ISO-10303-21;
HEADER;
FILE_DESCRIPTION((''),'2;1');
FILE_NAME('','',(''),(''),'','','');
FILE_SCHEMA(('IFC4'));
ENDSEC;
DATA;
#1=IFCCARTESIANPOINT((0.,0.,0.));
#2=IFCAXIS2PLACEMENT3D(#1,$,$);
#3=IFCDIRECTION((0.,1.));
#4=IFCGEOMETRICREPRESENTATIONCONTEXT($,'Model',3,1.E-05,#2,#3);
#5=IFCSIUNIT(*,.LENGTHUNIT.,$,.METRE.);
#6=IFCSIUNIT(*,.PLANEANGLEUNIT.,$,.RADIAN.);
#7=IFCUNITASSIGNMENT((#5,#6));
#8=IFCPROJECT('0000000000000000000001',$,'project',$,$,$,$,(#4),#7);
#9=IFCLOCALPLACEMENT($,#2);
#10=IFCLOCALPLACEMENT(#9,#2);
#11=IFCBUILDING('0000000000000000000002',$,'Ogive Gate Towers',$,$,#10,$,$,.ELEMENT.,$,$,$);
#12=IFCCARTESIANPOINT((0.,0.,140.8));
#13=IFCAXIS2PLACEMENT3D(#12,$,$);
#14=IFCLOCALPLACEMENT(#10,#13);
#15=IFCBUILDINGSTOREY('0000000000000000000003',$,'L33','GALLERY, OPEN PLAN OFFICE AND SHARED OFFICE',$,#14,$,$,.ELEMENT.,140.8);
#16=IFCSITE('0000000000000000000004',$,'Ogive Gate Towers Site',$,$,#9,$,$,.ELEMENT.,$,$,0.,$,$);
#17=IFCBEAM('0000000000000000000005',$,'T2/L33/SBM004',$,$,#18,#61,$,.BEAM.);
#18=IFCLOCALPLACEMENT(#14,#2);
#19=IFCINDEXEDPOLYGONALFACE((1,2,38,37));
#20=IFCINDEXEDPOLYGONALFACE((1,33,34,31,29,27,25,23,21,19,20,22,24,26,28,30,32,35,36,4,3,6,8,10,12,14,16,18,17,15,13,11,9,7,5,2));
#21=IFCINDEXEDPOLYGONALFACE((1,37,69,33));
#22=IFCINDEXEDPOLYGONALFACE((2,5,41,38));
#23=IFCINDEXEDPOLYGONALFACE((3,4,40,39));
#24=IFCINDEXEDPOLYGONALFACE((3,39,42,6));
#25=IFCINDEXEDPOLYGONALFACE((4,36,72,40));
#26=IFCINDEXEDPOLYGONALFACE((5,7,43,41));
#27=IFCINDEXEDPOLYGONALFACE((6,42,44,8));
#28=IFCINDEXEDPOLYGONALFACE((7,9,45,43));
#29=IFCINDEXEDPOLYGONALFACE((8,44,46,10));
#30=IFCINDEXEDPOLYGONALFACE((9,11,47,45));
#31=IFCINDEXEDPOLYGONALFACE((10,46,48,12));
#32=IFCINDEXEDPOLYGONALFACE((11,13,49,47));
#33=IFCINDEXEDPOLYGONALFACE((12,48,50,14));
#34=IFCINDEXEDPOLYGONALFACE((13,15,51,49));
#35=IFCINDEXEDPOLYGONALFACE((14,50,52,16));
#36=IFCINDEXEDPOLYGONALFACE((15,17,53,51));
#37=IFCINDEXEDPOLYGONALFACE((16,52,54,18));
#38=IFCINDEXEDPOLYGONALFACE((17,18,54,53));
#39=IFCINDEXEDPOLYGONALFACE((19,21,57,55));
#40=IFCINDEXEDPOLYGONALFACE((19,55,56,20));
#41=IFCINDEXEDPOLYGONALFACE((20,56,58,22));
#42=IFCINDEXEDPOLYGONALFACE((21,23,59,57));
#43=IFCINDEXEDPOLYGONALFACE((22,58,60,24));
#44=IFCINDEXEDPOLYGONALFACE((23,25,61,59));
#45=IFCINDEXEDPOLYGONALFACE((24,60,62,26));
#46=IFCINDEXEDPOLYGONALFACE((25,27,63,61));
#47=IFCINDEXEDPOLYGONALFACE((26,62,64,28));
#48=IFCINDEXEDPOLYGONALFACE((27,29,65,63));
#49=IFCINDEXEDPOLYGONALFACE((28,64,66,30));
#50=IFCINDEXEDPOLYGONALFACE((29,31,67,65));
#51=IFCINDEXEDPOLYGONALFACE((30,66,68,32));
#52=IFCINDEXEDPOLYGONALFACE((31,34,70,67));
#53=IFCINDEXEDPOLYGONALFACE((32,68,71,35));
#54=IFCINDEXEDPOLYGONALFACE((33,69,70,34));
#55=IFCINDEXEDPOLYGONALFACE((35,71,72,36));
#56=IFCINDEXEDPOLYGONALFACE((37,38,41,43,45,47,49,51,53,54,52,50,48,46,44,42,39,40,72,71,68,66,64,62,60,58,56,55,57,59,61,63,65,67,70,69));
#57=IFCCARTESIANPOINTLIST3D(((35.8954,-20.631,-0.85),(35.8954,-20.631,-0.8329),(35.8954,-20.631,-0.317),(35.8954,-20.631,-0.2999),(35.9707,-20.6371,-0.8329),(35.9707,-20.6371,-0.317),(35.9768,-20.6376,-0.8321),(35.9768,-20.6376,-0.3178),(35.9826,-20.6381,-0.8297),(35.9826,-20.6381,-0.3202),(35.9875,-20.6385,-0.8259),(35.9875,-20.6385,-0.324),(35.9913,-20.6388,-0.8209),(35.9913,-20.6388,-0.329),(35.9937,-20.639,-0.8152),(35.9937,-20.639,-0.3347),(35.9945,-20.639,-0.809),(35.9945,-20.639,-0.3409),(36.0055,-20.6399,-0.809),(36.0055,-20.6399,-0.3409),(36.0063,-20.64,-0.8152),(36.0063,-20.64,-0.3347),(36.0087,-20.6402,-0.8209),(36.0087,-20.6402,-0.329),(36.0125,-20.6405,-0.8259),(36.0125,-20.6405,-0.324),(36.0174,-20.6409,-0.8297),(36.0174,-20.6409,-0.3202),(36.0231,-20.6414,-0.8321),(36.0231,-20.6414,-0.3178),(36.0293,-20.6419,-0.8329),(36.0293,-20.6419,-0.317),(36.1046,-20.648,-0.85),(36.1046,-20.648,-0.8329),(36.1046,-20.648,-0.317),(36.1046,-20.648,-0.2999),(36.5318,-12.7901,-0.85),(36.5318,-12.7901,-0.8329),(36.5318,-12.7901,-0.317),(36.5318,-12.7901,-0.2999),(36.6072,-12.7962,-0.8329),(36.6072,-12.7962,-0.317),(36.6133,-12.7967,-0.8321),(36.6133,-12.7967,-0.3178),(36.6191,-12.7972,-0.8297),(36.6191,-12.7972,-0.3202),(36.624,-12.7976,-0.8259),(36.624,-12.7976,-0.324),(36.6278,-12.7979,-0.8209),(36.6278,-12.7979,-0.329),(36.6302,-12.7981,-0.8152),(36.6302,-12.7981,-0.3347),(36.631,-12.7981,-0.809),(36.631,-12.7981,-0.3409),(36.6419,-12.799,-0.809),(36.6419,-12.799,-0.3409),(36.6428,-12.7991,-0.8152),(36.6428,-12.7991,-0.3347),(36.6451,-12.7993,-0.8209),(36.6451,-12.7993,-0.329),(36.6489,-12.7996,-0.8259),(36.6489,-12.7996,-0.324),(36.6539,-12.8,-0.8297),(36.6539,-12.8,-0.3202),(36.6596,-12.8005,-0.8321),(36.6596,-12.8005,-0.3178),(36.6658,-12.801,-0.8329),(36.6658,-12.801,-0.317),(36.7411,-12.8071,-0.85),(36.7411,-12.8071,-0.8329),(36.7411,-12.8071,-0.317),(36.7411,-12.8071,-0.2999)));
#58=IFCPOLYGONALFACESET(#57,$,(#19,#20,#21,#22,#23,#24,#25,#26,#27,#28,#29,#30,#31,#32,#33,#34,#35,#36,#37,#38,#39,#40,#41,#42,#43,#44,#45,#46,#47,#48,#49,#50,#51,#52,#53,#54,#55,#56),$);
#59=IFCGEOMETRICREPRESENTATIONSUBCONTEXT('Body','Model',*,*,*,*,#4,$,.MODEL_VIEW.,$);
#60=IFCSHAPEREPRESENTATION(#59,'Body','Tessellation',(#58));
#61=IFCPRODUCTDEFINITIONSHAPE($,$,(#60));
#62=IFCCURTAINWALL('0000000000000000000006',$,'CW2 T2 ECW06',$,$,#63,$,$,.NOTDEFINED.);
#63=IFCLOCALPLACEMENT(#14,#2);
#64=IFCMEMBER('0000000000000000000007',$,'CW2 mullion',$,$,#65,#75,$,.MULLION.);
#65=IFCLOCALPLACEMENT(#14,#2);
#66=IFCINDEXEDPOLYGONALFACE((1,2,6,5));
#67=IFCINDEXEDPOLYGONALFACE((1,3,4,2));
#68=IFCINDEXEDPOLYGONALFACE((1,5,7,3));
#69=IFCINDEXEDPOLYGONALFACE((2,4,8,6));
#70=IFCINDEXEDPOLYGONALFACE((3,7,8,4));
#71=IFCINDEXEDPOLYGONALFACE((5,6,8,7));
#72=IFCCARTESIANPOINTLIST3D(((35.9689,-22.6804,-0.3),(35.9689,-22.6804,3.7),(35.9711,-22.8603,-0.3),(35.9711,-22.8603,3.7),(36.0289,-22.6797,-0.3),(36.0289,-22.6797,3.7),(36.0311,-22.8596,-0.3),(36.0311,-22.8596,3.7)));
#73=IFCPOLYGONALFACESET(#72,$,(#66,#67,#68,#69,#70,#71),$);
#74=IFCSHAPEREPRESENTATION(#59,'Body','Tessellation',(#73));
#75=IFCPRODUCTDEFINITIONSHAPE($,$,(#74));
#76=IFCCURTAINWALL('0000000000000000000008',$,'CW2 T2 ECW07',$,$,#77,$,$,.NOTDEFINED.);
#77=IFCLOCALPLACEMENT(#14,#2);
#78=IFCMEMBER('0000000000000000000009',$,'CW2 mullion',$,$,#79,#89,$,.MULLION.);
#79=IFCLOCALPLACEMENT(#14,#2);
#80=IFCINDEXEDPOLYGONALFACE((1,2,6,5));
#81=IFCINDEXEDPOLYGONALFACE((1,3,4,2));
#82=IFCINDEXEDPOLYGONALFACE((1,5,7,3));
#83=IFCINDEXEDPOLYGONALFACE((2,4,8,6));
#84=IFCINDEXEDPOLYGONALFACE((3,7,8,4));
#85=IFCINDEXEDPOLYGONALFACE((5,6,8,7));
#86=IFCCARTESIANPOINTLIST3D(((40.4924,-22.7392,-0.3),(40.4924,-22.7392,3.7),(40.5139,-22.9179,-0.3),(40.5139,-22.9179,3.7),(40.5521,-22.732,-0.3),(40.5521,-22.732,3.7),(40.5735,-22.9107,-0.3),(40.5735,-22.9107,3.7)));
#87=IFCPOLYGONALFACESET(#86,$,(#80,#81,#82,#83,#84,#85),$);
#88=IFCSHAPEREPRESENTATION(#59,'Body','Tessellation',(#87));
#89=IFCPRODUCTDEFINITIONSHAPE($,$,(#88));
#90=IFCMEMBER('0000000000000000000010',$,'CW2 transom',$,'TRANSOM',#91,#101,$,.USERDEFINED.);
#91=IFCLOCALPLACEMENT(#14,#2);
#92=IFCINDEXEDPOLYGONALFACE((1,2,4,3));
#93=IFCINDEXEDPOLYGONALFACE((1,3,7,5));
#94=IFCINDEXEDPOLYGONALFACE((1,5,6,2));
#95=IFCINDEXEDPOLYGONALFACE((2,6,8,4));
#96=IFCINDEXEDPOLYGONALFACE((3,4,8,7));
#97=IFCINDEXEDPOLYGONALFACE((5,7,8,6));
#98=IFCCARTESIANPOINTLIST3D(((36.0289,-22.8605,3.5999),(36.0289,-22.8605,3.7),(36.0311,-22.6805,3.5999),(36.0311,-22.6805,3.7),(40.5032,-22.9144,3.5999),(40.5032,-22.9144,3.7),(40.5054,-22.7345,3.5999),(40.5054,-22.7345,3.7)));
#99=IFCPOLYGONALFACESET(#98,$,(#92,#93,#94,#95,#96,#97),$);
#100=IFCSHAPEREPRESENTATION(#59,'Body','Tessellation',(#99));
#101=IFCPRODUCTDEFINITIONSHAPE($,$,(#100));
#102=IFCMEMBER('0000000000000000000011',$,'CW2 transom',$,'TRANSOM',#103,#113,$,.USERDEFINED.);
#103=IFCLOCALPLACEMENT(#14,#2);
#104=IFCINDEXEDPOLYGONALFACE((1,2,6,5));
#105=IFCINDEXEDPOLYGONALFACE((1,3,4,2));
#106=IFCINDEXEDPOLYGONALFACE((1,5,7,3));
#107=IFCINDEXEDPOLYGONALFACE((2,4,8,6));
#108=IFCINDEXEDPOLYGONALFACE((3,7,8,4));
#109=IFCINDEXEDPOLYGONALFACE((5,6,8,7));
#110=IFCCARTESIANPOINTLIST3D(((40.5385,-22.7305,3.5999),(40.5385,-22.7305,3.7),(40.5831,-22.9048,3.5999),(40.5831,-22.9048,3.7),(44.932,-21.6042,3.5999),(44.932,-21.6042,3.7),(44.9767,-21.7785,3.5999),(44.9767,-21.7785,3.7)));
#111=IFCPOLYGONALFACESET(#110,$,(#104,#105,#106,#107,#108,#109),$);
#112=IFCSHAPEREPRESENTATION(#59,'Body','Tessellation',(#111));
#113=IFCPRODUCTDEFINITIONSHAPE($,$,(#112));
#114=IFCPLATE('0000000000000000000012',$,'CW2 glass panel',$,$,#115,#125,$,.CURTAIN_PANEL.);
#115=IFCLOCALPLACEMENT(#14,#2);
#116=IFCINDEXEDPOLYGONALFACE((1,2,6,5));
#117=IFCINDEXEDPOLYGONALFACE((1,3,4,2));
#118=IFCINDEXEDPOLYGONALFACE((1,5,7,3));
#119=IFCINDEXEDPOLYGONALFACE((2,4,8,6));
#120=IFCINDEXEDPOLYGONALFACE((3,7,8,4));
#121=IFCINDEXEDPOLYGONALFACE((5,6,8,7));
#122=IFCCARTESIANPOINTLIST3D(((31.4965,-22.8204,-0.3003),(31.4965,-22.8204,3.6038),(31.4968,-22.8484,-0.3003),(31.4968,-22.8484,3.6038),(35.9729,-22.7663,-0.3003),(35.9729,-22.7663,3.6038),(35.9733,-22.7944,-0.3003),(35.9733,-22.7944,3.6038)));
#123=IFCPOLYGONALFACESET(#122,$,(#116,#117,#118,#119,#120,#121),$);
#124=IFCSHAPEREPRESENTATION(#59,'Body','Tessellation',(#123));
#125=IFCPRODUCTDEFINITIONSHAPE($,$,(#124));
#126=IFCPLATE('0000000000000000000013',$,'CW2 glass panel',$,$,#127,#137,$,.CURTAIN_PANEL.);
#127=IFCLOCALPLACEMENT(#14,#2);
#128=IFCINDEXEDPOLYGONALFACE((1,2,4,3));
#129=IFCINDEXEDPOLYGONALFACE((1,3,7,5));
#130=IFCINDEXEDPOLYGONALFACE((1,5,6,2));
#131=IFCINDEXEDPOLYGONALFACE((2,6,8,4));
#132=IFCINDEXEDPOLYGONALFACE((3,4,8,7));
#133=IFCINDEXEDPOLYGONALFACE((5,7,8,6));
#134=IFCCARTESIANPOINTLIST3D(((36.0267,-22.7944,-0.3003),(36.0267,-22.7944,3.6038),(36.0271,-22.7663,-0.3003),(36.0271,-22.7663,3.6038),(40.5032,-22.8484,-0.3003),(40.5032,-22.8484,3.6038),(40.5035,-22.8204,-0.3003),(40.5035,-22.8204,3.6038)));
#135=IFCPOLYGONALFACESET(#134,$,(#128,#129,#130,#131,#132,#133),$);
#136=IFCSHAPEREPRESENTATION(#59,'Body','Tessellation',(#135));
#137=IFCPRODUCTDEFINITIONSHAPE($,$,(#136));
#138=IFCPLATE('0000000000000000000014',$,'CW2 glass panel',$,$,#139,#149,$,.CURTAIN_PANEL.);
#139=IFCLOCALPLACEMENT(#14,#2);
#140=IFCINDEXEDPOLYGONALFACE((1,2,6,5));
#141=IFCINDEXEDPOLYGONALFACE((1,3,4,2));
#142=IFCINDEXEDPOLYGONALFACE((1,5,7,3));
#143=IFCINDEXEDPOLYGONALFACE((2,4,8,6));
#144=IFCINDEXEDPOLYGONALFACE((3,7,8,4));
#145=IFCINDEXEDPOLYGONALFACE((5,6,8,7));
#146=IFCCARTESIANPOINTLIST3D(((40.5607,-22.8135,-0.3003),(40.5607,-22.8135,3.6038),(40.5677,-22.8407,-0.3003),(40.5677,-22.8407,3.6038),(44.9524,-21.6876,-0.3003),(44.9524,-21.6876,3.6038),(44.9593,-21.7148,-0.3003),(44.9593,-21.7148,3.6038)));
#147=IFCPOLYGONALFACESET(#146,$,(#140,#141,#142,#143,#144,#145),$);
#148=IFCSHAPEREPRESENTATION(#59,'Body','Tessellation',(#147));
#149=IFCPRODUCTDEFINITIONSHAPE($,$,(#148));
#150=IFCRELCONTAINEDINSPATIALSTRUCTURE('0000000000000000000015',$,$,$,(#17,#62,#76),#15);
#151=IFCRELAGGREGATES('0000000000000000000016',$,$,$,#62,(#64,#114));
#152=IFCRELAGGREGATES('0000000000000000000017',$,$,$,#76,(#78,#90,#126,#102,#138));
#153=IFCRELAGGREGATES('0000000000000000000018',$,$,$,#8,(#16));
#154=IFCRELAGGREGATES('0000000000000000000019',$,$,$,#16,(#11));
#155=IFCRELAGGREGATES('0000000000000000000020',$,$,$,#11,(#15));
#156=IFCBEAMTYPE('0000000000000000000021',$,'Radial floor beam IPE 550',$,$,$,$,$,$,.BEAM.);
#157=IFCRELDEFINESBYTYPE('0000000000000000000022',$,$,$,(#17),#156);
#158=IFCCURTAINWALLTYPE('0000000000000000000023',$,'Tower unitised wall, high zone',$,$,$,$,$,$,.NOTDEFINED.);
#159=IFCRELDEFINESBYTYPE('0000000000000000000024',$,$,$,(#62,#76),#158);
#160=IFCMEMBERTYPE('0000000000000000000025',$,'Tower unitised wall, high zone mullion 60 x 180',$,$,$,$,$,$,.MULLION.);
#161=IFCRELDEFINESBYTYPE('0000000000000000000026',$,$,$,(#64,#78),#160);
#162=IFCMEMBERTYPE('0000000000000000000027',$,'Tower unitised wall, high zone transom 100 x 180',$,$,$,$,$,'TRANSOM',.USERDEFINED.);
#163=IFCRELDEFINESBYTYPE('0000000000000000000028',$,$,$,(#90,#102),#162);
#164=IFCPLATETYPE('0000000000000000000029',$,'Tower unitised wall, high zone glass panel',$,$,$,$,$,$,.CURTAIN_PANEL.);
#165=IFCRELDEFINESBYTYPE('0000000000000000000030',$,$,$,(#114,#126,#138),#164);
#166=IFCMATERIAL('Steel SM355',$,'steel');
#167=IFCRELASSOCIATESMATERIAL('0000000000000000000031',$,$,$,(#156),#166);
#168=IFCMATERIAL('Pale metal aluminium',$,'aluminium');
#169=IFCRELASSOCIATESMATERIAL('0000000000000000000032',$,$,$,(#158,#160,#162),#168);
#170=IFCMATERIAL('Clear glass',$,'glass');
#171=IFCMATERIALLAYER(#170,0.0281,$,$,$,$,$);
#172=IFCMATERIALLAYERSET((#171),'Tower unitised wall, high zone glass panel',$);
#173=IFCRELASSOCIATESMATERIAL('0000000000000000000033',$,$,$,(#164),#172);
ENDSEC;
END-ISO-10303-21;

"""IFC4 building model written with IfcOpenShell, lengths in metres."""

from ifc_helpers import new_model, si_unit, direction, frame, origin, origin_2d, place, context, subcontext, project, spatial, rectangle, i_section, extrude, material, layer, layer_set, material_profile, profile_set, type_object, element, aggregate, save


model = new_model("IFC4")

# Units and contexts
model_context = context("Model", 3, precision=1e-05, world=origin(), true_north=direction((0.0, 1.0)))
body_context = subcontext(model_context, "Body", "Model", "MODEL_VIEW")
ifc_project = project(units=[si_unit("LENGTHUNIT", "METRE"), si_unit("PLANEANGLEUNIT", "RADIAN")], contexts=[model_context])

# Site, building, storey
site_placement = place(None, origin())
site = spatial("IfcSite", under=ifc_project, at=site_placement, Name="Ogive Gate Towers Site", CompositionType="ELEMENT", RefElevation=0.0)
building_placement = place(site_placement, origin())
building = spatial("IfcBuilding", under=site, at=building_placement, Name="Ogive Gate Towers", CompositionType="ELEMENT")
storey_placement = place(building_placement, frame((0.0, 0.0, 140.8)))
storey = spatial("IfcBuildingStorey", under=building, at=storey_placement, Name="L33", Description="GALLERY, OPEN PLAN OFFICE AND SHARED OFFICE", CompositionType="ELEMENT", Elevation=140.8)

# Beam
ifc_material_1 = material(Name="Steel SM355", Category="steel")
ifc_material_profile_1 = material_profile(ifc_material_1, i_section(OverallWidth=0.21, OverallDepth=0.55, WebThickness=0.011, FlangeThickness=0.0171, FilletRadius=0.0239, at=origin_2d()), Name="IPE 550")
ifc_profile_set_1 = profile_set([ifc_material_profile_1], Name="Steel SM355")
beam_type = type_object("IfcBeamType", Name="Radial floor beam IPE 550", PredefinedType="BEAM", material=ifc_profile_set_1)
beam_placement = place(storey_placement, frame((36.6365, -12.7986, -0.575), z_axis=(-0.080908, -0.996722, 0.0), x_axis=(0.996722, -0.080908, 0.0)))
element("IfcBeam", 1, at=beam_placement, inside=storey, type_object=beam_type, Name="T2/L33/SBM004", PredefinedType="BEAM", context=body_context, shape_type="SweptSolid", body=[
    extrude(i_section(OverallWidth=0.21, OverallDepth=0.55, WebThickness=0.011, FlangeThickness=0.0171, FilletRadius=0.0239, at=origin_2d()), origin(), (0.0, 0.0, 1.0), 7.8667),
])

# Curtain wall, member
ifc_material_2 = material(Name="Pale metal aluminium", Category="aluminium")
curtain_wall_type = type_object("IfcCurtainWallType", Name="Tower unitised wall, high zone", PredefinedType="NOTDEFINED", material=ifc_material_2)
curtain_wall_1_placement = place(storey_placement, origin())
curtain_wall_1 = element("IfcCurtainWall", 2, at=curtain_wall_1_placement, inside=storey, type_object=curtain_wall_type, Name="CW2 T2 ECW06", PredefinedType="NOTDEFINED")
ifc_material_profile_2 = material_profile(ifc_material_2, rectangle(XDim=0.1799, YDim=0.0601, at=origin_2d()), Name="60 x 180 aluminium box")
ifc_profile_set_2 = profile_set([ifc_material_profile_2], Name="Pale metal aluminium")
member_type_1 = type_object("IfcMemberType", Name="Tower unitised wall, high zone mullion 60 x 180", PredefinedType="MULLION", material=ifc_profile_set_2)
member_1_placement = place(storey_placement, frame((36.0, -22.77, -0.3), z_axis=(0.0, 0.0, 1.0), x_axis=(0.012077, -0.999927, 0.0)))
member_1 = element("IfcMember", 3, at=member_1_placement, type_object=member_type_1, Name="CW2 mullion", PredefinedType="MULLION", context=body_context, shape_type="SweptSolid", body=[
    extrude(rectangle(XDim=0.1799, YDim=0.0601, at=origin_2d()), origin(), (0.0, 0.0, 1.0), 4.0),
])

# Curtain wall, members
curtain_wall_2_placement = place(storey_placement, origin())
curtain_wall_2 = element("IfcCurtainWall", 4, at=curtain_wall_2_placement, inside=storey, type_object=curtain_wall_type, Name="CW2 T2 ECW07", PredefinedType="NOTDEFINED")
member_2_placement = place(storey_placement, frame((40.533, -22.825, -0.3), z_axis=(0.0, 0.0, 1.0), x_axis=(0.119149, -0.992876, 0.0)))
member_2 = element("IfcMember", 5, at=member_2_placement, type_object=member_type_1, Name="CW2 mullion", PredefinedType="MULLION", context=body_context, shape_type="SweptSolid", body=[
    extrude(rectangle(XDim=0.1799, YDim=0.0601, at=origin_2d()), origin(), (0.0, 0.0, 1.0), 4.0),
])
ifc_material_profile_3 = material_profile(ifc_material_2, rectangle(XDim=0.1799, YDim=0.1001, at=origin_2d()), Name="100 x 180 aluminium box")
ifc_profile_set_3 = profile_set([ifc_material_profile_3], Name="Pale metal aluminium")
member_type_2 = type_object("IfcMemberType", Name="Tower unitised wall, high zone transom 100 x 180", ElementType="TRANSOM", PredefinedType="USERDEFINED", material=ifc_profile_set_3)
member_3_placement = place(storey_placement, frame((36.03, -22.7705, 3.6499), z_axis=(0.999927, -0.012058, 0.0), x_axis=(0.012058, 0.999927, 0.0)))
member_3 = element("IfcMember", 6, at=member_3_placement, type_object=member_type_2, Name="CW2 transom", ObjectType="TRANSOM", PredefinedType="USERDEFINED", context=body_context, shape_type="SweptSolid", body=[
    extrude(rectangle(XDim=0.1799, YDim=0.1001, at=origin_2d()), origin(), (0.0, 0.0, 1.0), 4.4746),
])
member_4_placement = place(storey_placement, frame((40.5608, -22.8176, 3.6499), z_axis=(0.968681, 0.248307, 0.0), x_axis=(-0.248307, 0.968681, 0.0)))
member_4 = element("IfcMember", 7, at=member_4_placement, type_object=member_type_2, Name="CW2 transom", ObjectType="TRANSOM", PredefinedType="USERDEFINED", context=body_context, shape_type="SweptSolid", body=[
    extrude(rectangle(XDim=0.1799, YDim=0.1001, at=origin_2d()), origin(), (0.0, 0.0, 1.0), 4.5356),
])

# Plates
ifc_material_3 = material(Name="Clear glass", Category="glass")
ifc_layer_1 = layer(ifc_material_3, 0.0281)
ifc_layer_set_1 = layer_set([ifc_layer_1], Name="Tower unitised wall, high zone glass panel")
plate_type = type_object("IfcPlateType", Name="Tower unitised wall, high zone glass panel", PredefinedType="CURTAIN_PANEL", material=ifc_layer_set_1)
plate_1_placement = place(storey_placement, frame((33.7349, -22.8074, -0.3003), z_axis=(0.0, 0.0, 1.0), x_axis=(0.999927, 0.012077, 0.0)))
plate_1 = element("IfcPlate", 8, at=plate_1_placement, type_object=plate_type, Name="CW2 glass panel", PredefinedType="CURTAIN_PANEL", context=body_context, shape_type="SweptSolid", body=[
    extrude(rectangle(XDim=4.4768, YDim=0.0281, at=origin_2d()), origin(), (0.0, 0.0, 1.0), 3.9041),
])
aggregate(curtain_wall_1, [member_1, plate_1])
plate_2_placement = place(storey_placement, frame((38.2651, -22.8074, -0.3003), z_axis=(0.0, 0.0, 1.0), x_axis=(0.999927, -0.012077, 0.0)))
plate_2 = element("IfcPlate", 9, at=plate_2_placement, type_object=plate_type, Name="CW2 glass panel", PredefinedType="CURTAIN_PANEL", context=body_context, shape_type="SweptSolid", body=[
    extrude(rectangle(XDim=4.4768, YDim=0.0281, at=origin_2d()), origin(), (0.0, 0.0, 1.0), 3.9041),
])
plate_3_placement = place(storey_placement, frame((42.76, -22.2642, -0.3003), z_axis=(0.0, 0.0, 1.0), x_axis=(0.968674, 0.248335, 0.0)))
plate_3 = element("IfcPlate", 10, at=plate_3_placement, type_object=plate_type, Name="CW2 glass panel", PredefinedType="CURTAIN_PANEL", context=body_context, shape_type="SweptSolid", body=[
    extrude(rectangle(XDim=4.5337, YDim=0.0281, at=origin_2d()), origin(), (0.0, 0.0, 1.0), 3.9041),
])
aggregate(curtain_wall_2, [member_2, member_3, plate_2, member_4, plate_3])

save(model, "model.ifc")
